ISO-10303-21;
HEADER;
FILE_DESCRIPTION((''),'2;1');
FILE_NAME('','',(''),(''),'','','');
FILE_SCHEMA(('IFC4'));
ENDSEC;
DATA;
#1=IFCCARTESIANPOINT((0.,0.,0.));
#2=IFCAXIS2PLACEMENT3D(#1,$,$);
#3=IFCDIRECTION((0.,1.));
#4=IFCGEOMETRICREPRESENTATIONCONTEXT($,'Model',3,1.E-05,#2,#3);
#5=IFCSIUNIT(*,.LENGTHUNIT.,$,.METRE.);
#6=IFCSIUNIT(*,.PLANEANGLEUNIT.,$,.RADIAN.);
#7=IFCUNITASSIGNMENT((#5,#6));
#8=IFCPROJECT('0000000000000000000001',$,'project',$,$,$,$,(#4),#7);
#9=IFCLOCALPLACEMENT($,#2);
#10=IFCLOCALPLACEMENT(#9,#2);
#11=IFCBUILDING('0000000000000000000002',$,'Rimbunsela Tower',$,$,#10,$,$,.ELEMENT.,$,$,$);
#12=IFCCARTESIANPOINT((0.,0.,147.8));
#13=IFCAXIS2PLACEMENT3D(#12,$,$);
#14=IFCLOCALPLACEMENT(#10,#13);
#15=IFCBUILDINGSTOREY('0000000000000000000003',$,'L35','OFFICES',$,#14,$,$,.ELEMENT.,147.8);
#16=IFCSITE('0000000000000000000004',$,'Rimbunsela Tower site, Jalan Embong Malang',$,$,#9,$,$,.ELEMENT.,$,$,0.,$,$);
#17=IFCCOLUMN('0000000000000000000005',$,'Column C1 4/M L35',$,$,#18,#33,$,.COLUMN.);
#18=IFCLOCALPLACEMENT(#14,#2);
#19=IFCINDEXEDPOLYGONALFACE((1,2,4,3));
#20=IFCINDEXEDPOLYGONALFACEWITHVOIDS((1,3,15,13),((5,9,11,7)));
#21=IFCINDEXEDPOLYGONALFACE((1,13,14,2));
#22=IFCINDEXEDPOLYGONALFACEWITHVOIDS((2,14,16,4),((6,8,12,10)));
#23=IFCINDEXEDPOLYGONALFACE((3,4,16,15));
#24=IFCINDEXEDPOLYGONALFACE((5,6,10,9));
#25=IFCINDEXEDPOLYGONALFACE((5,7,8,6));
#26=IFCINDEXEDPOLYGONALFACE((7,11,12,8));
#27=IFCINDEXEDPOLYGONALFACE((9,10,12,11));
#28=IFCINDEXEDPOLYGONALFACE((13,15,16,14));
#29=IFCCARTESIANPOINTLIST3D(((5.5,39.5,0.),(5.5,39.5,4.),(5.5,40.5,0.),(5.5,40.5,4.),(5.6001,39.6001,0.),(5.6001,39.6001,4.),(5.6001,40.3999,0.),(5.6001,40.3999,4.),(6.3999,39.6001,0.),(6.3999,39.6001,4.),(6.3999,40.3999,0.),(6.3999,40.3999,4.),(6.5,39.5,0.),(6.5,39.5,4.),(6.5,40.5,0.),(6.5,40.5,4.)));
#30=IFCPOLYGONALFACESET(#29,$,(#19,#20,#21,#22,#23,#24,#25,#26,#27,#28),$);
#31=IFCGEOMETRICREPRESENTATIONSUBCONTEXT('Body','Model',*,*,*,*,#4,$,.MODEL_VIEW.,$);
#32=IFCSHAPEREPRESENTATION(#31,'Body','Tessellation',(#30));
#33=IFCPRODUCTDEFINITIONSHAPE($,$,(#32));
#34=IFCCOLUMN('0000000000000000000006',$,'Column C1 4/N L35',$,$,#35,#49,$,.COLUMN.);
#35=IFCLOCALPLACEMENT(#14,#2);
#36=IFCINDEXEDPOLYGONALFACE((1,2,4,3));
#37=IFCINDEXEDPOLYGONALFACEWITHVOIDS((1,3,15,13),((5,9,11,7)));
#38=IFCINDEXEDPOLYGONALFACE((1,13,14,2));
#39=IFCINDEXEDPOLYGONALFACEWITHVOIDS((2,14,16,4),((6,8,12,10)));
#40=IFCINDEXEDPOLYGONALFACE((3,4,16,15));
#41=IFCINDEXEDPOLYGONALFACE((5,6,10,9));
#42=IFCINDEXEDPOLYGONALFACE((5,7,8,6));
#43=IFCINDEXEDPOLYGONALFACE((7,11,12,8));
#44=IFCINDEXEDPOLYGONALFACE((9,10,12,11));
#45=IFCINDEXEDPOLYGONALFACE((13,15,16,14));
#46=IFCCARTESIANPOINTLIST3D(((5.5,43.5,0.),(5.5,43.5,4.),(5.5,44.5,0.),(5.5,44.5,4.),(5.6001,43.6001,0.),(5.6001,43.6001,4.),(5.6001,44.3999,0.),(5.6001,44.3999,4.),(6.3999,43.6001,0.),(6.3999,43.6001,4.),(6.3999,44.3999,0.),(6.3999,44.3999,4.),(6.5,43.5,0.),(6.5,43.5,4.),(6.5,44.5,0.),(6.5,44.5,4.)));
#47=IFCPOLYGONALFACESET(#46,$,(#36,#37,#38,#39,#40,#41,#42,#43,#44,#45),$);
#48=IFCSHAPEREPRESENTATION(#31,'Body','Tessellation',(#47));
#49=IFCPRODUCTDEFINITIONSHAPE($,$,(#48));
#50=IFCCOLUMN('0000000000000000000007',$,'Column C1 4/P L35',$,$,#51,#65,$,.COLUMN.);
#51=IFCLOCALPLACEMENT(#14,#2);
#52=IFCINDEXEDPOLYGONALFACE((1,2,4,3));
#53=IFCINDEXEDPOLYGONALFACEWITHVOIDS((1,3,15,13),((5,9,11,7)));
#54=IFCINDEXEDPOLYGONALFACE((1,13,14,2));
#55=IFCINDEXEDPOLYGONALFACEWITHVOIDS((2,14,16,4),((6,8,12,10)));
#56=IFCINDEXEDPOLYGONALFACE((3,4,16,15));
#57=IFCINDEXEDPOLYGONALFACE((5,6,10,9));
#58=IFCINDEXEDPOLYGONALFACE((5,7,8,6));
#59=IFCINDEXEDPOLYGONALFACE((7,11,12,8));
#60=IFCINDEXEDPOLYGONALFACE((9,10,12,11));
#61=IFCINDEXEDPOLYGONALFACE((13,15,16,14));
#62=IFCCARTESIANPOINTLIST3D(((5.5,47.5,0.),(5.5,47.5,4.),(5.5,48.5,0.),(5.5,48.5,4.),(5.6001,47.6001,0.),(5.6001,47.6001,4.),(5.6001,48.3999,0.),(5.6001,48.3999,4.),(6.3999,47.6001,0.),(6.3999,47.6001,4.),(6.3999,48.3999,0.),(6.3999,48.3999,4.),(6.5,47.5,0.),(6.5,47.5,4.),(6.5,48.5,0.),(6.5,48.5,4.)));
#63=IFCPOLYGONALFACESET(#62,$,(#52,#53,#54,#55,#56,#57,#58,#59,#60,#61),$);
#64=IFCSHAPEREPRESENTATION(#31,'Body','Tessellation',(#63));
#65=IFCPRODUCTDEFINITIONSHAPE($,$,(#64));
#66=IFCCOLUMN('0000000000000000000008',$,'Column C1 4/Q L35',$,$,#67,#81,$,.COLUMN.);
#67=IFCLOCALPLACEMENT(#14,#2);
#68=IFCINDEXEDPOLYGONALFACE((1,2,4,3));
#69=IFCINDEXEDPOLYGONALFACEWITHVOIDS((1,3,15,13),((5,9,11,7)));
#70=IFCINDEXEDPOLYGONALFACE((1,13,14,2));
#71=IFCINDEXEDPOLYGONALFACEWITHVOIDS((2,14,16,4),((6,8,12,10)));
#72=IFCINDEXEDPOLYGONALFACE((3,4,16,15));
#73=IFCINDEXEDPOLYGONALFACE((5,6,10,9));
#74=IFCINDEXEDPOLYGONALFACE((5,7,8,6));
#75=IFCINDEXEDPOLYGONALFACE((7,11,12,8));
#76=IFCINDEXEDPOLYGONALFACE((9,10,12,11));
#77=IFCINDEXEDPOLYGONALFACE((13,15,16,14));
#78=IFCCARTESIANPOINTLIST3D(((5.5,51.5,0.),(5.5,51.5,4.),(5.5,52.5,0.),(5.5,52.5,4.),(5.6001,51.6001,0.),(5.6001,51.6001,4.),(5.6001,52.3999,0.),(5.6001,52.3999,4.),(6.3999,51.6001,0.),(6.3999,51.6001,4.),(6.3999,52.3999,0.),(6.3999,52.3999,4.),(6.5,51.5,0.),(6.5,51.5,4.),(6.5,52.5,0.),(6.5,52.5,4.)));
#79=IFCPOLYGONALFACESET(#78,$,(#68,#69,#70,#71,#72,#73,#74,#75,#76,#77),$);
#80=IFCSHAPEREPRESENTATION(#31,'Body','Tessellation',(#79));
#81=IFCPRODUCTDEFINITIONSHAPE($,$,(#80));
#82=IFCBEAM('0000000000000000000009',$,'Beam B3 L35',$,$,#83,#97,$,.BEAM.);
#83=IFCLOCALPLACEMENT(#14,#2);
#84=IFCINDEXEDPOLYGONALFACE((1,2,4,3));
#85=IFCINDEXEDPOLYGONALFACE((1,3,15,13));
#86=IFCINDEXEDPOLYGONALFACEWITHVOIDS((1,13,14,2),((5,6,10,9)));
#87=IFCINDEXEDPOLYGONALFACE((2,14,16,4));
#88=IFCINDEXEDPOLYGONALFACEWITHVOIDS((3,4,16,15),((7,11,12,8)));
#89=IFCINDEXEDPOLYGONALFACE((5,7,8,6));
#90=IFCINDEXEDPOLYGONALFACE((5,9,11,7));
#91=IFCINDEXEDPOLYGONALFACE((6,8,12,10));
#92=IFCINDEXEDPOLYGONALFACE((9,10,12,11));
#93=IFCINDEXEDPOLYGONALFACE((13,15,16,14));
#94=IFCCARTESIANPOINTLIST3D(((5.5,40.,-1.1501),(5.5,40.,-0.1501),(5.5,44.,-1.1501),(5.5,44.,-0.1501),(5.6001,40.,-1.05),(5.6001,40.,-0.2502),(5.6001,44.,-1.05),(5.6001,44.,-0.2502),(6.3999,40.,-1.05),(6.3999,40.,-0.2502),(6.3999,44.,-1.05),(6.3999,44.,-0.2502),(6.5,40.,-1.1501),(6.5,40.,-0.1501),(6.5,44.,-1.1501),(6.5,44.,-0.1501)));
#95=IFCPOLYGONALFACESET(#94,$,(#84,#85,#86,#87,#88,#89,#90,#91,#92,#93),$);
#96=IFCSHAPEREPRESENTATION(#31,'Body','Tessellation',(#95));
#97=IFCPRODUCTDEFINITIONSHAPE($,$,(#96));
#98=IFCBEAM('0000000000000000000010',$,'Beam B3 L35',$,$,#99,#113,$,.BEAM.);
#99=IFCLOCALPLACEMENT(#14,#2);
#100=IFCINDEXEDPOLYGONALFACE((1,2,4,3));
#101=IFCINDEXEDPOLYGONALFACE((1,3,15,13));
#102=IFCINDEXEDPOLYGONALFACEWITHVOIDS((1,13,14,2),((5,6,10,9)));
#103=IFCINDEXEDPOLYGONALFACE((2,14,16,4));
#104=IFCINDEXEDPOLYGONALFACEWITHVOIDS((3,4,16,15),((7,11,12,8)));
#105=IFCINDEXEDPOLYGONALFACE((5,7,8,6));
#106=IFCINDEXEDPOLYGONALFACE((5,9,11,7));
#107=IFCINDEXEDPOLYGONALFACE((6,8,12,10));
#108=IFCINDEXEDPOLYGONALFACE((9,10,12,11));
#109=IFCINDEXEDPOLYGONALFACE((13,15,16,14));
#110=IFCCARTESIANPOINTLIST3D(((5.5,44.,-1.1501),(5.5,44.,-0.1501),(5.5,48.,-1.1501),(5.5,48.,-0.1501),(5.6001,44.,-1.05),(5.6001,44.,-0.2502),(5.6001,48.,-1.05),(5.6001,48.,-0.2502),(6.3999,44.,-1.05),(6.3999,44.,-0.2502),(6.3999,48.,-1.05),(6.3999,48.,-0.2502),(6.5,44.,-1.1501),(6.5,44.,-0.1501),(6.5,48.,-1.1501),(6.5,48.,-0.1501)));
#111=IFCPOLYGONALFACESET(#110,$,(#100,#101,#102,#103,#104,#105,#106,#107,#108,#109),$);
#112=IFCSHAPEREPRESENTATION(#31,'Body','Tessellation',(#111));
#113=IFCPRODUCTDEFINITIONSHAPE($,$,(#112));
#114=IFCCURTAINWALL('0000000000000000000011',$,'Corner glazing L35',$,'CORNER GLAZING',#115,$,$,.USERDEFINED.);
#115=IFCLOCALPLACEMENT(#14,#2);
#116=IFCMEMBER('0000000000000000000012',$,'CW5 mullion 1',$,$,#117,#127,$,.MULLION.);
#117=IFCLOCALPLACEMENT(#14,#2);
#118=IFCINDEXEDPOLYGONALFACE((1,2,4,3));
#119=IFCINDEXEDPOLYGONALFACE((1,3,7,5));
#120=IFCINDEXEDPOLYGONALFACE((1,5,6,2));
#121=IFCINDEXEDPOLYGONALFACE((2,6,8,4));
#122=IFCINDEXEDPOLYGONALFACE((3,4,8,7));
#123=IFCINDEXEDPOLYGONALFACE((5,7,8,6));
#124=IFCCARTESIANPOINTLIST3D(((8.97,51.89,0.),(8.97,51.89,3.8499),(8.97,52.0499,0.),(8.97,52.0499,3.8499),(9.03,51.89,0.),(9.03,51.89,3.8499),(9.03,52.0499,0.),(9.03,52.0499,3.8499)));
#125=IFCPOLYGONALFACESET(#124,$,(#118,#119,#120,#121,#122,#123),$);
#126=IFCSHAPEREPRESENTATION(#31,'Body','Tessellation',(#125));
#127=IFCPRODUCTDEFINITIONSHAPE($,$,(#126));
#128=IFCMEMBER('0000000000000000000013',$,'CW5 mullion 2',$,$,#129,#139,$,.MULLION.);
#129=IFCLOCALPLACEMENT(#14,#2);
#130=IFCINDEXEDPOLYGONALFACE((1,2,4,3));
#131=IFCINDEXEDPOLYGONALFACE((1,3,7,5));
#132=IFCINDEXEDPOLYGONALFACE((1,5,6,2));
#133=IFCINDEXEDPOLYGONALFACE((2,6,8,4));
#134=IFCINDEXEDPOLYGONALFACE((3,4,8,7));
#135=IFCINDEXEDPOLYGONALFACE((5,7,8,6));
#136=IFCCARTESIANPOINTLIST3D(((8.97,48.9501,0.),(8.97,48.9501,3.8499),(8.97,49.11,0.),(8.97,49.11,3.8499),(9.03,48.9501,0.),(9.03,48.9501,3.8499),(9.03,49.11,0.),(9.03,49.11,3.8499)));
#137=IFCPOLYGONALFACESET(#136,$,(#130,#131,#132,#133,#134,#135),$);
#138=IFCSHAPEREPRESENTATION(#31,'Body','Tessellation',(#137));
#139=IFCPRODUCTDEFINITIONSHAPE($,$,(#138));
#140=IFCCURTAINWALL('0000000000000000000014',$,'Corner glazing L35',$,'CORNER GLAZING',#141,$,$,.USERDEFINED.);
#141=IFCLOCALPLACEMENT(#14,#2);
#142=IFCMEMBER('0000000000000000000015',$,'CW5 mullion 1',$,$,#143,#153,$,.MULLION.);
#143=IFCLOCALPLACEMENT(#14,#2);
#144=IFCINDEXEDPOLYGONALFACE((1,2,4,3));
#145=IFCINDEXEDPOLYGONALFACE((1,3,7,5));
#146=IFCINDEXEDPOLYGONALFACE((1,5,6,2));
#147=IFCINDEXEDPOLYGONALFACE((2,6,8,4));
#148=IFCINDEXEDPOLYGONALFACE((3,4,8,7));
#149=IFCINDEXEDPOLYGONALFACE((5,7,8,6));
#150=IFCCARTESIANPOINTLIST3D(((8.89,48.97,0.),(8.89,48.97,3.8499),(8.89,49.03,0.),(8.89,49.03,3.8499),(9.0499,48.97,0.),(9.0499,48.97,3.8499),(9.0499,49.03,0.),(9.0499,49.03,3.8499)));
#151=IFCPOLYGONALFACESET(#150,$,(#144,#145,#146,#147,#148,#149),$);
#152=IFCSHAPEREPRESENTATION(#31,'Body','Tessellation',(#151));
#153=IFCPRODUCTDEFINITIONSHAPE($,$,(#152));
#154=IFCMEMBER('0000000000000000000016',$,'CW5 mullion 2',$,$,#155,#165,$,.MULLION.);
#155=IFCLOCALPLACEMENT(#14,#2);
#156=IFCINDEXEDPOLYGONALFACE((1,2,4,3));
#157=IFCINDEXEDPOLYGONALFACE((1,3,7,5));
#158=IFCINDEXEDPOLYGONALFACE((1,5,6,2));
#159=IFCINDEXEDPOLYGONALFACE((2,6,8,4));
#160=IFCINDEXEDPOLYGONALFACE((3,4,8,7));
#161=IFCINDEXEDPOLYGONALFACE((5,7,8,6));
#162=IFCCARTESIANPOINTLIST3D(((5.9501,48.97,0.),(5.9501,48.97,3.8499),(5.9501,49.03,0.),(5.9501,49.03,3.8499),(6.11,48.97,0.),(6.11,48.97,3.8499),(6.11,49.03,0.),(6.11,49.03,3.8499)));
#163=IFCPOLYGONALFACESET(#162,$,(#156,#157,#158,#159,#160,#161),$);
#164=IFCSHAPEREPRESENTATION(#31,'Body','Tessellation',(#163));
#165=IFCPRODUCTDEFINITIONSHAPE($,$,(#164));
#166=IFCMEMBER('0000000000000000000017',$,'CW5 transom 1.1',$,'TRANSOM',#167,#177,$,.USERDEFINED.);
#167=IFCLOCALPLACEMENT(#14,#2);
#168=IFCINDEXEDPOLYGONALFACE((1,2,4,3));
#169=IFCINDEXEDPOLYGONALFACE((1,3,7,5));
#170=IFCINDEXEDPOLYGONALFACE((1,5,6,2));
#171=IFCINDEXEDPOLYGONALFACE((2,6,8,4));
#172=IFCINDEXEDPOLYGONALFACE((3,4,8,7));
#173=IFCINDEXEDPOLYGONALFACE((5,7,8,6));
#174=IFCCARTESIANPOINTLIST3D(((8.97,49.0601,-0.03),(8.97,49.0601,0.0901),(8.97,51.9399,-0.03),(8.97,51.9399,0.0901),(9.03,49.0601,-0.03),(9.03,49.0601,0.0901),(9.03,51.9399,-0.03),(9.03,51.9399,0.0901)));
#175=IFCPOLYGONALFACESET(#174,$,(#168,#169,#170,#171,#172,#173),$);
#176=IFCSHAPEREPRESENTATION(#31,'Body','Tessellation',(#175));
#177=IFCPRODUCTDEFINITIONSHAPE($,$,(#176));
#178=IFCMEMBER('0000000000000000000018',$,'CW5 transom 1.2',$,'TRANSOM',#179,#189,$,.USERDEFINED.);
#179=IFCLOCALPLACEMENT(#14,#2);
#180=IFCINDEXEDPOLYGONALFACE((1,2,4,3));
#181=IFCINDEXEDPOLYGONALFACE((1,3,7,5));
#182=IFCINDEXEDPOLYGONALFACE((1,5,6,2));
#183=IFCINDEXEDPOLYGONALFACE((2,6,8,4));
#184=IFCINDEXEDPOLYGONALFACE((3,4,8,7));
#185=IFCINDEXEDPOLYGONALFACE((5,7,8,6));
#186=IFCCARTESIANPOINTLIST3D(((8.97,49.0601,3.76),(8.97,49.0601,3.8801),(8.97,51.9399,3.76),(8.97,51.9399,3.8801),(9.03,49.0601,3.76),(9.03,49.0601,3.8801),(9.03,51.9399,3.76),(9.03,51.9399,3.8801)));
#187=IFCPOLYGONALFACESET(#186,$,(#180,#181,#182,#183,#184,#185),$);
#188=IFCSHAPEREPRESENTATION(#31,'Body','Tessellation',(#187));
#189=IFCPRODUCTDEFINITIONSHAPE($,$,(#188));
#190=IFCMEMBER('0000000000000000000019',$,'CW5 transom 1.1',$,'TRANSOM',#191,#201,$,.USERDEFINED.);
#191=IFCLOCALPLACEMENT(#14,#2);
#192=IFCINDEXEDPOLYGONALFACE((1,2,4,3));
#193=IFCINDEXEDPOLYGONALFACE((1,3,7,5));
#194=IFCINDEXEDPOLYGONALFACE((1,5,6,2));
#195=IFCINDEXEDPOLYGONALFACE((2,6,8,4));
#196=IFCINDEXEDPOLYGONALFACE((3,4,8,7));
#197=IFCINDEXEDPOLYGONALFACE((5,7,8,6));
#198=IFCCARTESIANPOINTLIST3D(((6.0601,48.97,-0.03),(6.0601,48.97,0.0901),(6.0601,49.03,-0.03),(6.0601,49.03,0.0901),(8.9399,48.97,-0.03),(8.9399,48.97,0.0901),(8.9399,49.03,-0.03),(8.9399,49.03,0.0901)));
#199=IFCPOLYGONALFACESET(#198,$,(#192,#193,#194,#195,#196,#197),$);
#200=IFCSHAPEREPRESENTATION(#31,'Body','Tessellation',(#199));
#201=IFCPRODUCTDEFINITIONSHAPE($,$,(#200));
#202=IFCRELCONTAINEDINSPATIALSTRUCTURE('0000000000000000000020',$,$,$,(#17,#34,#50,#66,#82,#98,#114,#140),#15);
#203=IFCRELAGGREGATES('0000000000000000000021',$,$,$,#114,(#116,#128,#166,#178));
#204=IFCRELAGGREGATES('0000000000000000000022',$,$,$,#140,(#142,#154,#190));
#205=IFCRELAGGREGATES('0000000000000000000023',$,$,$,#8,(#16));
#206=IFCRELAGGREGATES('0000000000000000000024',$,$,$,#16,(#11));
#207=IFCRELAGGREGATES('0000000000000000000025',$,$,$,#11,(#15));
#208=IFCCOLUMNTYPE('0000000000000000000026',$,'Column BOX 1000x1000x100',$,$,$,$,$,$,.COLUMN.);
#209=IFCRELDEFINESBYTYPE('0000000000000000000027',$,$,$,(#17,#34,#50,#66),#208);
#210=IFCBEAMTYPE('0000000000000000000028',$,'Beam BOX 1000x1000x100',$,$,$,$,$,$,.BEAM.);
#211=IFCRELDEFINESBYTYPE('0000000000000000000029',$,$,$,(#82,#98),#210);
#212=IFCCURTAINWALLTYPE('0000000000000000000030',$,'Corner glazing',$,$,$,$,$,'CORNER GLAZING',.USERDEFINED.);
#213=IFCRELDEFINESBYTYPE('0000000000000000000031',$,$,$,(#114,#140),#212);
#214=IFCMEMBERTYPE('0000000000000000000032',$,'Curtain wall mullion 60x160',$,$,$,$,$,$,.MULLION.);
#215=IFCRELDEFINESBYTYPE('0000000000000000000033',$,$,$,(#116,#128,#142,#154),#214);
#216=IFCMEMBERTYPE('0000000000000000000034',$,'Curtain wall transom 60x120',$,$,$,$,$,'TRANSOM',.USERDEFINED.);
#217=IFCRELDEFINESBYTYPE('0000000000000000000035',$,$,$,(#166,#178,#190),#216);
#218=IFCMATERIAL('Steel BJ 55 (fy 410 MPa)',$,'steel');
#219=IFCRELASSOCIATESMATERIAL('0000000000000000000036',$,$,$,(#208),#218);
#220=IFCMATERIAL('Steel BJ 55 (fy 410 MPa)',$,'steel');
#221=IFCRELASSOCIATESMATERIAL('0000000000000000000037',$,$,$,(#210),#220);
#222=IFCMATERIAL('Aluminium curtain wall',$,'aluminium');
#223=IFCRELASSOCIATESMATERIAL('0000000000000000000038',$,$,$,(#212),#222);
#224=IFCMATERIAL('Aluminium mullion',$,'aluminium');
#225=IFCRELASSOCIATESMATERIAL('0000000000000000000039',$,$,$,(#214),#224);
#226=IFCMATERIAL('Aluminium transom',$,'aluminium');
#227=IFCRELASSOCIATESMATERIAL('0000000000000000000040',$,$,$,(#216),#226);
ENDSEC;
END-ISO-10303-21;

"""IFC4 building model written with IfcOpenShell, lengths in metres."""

from ifc_helpers import new_model, si_unit, direction, frame, origin, origin_2d, place, context, subcontext, project, spatial, rectangle, hollow_rectangle, extrude, material, material_profile, profile_set, type_object, element, aggregate, save


model = new_model("IFC4")

# Units and contexts
model_context = context("Model", 3, precision=1e-05, world=origin(), true_north=direction((0.0, 1.0)))
body_context = subcontext(model_context, "Body", "Model", "MODEL_VIEW")
ifc_project = project(units=[si_unit("LENGTHUNIT", "METRE"), si_unit("PLANEANGLEUNIT", "RADIAN")], contexts=[model_context])

# Site, building, storey
site_placement = place(None, origin())
site = spatial("IfcSite", under=ifc_project, at=site_placement, Name="Rimbunsela Tower site, Jalan Embong Malang", CompositionType="ELEMENT", RefElevation=0.0)
building_placement = place(site_placement, origin())
building = spatial("IfcBuilding", under=site, at=building_placement, Name="Rimbunsela Tower", CompositionType="ELEMENT")
storey_placement = place(building_placement, frame((0.0, 0.0, 147.8)))
storey = spatial("IfcBuildingStorey", under=building, at=storey_placement, Name="L35", Description="OFFICES", CompositionType="ELEMENT", Elevation=147.8)

# Columns
ifc_material_1 = material(Name="Steel BJ 55 (fy 410 MPa)", Category="steel")
ifc_material_profile_1 = material_profile(ifc_material_1, hollow_rectangle(XDim=1.0, YDim=1.0, WallThickness=0.1001, at=origin_2d()), Name="BOX 1000x1000x100")
ifc_profile_set_1 = profile_set([ifc_material_profile_1], Name="Steel BJ 55 (fy 410 MPa)")
column_type = type_object("IfcColumnType", Name="Column BOX 1000x1000x100", PredefinedType="COLUMN", material=ifc_profile_set_1)
for number, where, z_axis, x_axis, name in (
    (1, (6.0, 40.0, 0.0), (0.0, 0.0, 1.0), (1.0, 0.0, 0.0), "Column C1 4/M L35"),
    (2, (6.0, 44.0, 0.0), (0.0, 0.0, 1.0), (1.0, 0.0, 0.0), "Column C1 4/N L35"),
    (3, (6.0, 48.0, 0.0), (0.0, 0.0, 1.0), (1.0, 0.0, 0.0), "Column C1 4/P L35"),
    (4, (6.0, 52.0, 0.0), (0.0, 0.0, 1.0), (1.0, 0.0, 0.0), "Column C1 4/Q L35"),
):
    element("IfcColumn", number, at=place(storey_placement, frame(where, z_axis=z_axis, x_axis=x_axis)), inside=storey, type_object=column_type, Name=name, PredefinedType="COLUMN", context=body_context, shape_type="SweptSolid", body=[
        extrude(hollow_rectangle(XDim=1.0, YDim=1.0, WallThickness=0.1001, at=origin_2d()), origin(), (0.0, 0.0, 1.0), 4.0),
    ])

# Beams
ifc_material_2 = material(Name="Steel BJ 55 (fy 410 MPa)", Category="steel")
ifc_material_profile_2 = material_profile(ifc_material_2, hollow_rectangle(XDim=1.0, YDim=1.0, WallThickness=0.1001, at=origin_2d()), Name="BOX 1000x1000x100")
ifc_profile_set_2 = profile_set([ifc_material_profile_2], Name="Steel BJ 55 (fy 410 MPa)")
beam_type = type_object("IfcBeamType", Name="Beam BOX 1000x1000x100", PredefinedType="BEAM", material=ifc_profile_set_2)
for number, where, z_axis, x_axis, name in (
    (5, (6.0, 40.0, -0.6501), (0.0, 1.0, 0.0), (-1.0, 0.0, 0.0), "Beam B3 L35"),
    (6, (6.0, 44.0, -0.6501), (0.0, 1.0, 0.0), (-1.0, 0.0, 0.0), "Beam B3 L35"),
):
    element("IfcBeam", number, at=place(storey_placement, frame(where, z_axis=z_axis, x_axis=x_axis)), inside=storey, type_object=beam_type, Name=name, PredefinedType="BEAM", context=body_context, shape_type="SweptSolid", body=[
        extrude(hollow_rectangle(XDim=1.0, YDim=1.0, WallThickness=0.1001, at=origin_2d()), origin(), (0.0, 0.0, 1.0), 4.0),
    ])

# Curtain walls, members
ifc_material_3 = material(Name="Aluminium curtain wall", Category="aluminium")
curtain_wall_type = type_object("IfcCurtainWallType", Name="Corner glazing", ElementType="CORNER GLAZING", PredefinedType="USERDEFINED", material=ifc_material_3)
curtain_wall_1_placement = place(storey_placement, origin())
curtain_wall_1 = element("IfcCurtainWall", 7, at=curtain_wall_1_placement, inside=storey, type_object=curtain_wall_type, Name="Corner glazing L35", ObjectType="CORNER GLAZING", PredefinedType="USERDEFINED")
ifc_material_4 = material(Name="Aluminium mullion", Category="aluminium")
ifc_material_profile_3 = material_profile(ifc_material_4, rectangle(XDim=0.0601, YDim=0.1599, at=origin_2d()), Name="Mullion 60x160")
ifc_profile_set_3 = profile_set([ifc_material_profile_3], Name="Aluminium mullion")
member_type_1 = type_object("IfcMemberType", Name="Curtain wall mullion 60x160", PredefinedType="MULLION", material=ifc_profile_set_3)
member_1_placement = place(storey_placement, frame((9.0, 51.97, 0.0), z_axis=(0.0, 0.0, 1.0), x_axis=(1.0, 0.0, 0.0)))
member_1 = element("IfcMember", 8, at=member_1_placement, type_object=member_type_1, Name="CW5 mullion 1", PredefinedType="MULLION", context=body_context, shape_type="SweptSolid", body=[
    extrude(rectangle(XDim=0.0601, YDim=0.1599, at=origin_2d()), origin(), (0.0, 0.0, 1.0), 3.8499),
])
member_2_placement = place(storey_placement, frame((9.0, 49.03, 0.0), z_axis=(0.0, 0.0, 1.0), x_axis=(1.0, 0.0, 0.0)))
member_2 = element("IfcMember", 9, at=member_2_placement, type_object=member_type_1, Name="CW5 mullion 2", PredefinedType="MULLION", context=body_context, shape_type="SweptSolid", body=[
    extrude(rectangle(XDim=0.0601, YDim=0.1599, at=origin_2d()), origin(), (0.0, 0.0, 1.0), 3.8499),
])
curtain_wall_2_placement = place(storey_placement, origin())
curtain_wall_2 = element("IfcCurtainWall", 10, at=curtain_wall_2_placement, inside=storey, type_object=curtain_wall_type, Name="Corner glazing L35", ObjectType="CORNER GLAZING", PredefinedType="USERDEFINED")
member_3_placement = place(storey_placement, frame((8.97, 49.0, 0.0), z_axis=(0.0, 0.0, 1.0), x_axis=(0.0, -1.0, 0.0)))
member_3 = element("IfcMember", 11, at=member_3_placement, type_object=member_type_1, Name="CW5 mullion 1", PredefinedType="MULLION", context=body_context, shape_type="SweptSolid", body=[
    extrude(rectangle(XDim=0.0601, YDim=0.1599, at=origin_2d()), origin(), (0.0, 0.0, 1.0), 3.8499),
])
member_4_placement = place(storey_placement, frame((6.03, 49.0, 0.0), z_axis=(0.0, 0.0, 1.0), x_axis=(0.0, -1.0, 0.0)))
member_4 = element("IfcMember", 12, at=member_4_placement, type_object=member_type_1, Name="CW5 mullion 2", PredefinedType="MULLION", context=body_context, shape_type="SweptSolid", body=[
    extrude(rectangle(XDim=0.0601, YDim=0.1599, at=origin_2d()), origin(), (0.0, 0.0, 1.0), 3.8499),
])

# Members
ifc_material_5 = material(Name="Aluminium transom", Category="aluminium")
ifc_material_profile_4 = material_profile(ifc_material_5, rectangle(XDim=0.0601, YDim=0.1201, at=origin_2d()), Name="Transom 60x120")
ifc_profile_set_4 = profile_set([ifc_material_profile_4], Name="Aluminium transom")
member_type_2 = type_object("IfcMemberType", Name="Curtain wall transom 60x120", ElementType="TRANSOM", PredefinedType="USERDEFINED", material=ifc_profile_set_4)
member_5_placement = place(storey_placement, frame((9.0, 51.9399, 0.03), z_axis=(0.0, -1.0, 0.0), x_axis=(1.0, 0.0, 0.0)))
member_5 = element("IfcMember", 13, at=member_5_placement, type_object=member_type_2, Name="CW5 transom 1.1", ObjectType="TRANSOM", PredefinedType="USERDEFINED", context=body_context, shape_type="SweptSolid", body=[
    extrude(rectangle(XDim=0.0601, YDim=0.1201, at=origin_2d()), origin(), (0.0, 0.0, 1.0), 2.8799),
])
member_6_placement = place(storey_placement, frame((9.0, 51.9399, 3.8201), z_axis=(0.0, -1.0, 0.0), x_axis=(1.0, 0.0, 0.0)))
member_6 = element("IfcMember", 14, at=member_6_placement, type_object=member_type_2, Name="CW5 transom 1.2", ObjectType="TRANSOM", PredefinedType="USERDEFINED", context=body_context, shape_type="SweptSolid", body=[
    extrude(rectangle(XDim=0.0601, YDim=0.1201, at=origin_2d()), origin(), (0.0, 0.0, 1.0), 2.8799),
])
member_7_placement = place(storey_placement, frame((8.9399, 49.0, 0.03), z_axis=(-1.0, 0.0, 0.0), x_axis=(0.0, -1.0, 0.0)))
member_7 = element("IfcMember", 15, at=member_7_placement, type_object=member_type_2, Name="CW5 transom 1.1", ObjectType="TRANSOM", PredefinedType="USERDEFINED", context=body_context, shape_type="SweptSolid", body=[
    extrude(rectangle(XDim=0.0601, YDim=0.1201, at=origin_2d()), origin(), (0.0, 0.0, 1.0), 2.8799),
])

aggregate(curtain_wall_1, [member_1, member_2, member_5, member_6])
aggregate(curtain_wall_2, [member_3, member_4, member_7])

save(model, "model.ifc")
